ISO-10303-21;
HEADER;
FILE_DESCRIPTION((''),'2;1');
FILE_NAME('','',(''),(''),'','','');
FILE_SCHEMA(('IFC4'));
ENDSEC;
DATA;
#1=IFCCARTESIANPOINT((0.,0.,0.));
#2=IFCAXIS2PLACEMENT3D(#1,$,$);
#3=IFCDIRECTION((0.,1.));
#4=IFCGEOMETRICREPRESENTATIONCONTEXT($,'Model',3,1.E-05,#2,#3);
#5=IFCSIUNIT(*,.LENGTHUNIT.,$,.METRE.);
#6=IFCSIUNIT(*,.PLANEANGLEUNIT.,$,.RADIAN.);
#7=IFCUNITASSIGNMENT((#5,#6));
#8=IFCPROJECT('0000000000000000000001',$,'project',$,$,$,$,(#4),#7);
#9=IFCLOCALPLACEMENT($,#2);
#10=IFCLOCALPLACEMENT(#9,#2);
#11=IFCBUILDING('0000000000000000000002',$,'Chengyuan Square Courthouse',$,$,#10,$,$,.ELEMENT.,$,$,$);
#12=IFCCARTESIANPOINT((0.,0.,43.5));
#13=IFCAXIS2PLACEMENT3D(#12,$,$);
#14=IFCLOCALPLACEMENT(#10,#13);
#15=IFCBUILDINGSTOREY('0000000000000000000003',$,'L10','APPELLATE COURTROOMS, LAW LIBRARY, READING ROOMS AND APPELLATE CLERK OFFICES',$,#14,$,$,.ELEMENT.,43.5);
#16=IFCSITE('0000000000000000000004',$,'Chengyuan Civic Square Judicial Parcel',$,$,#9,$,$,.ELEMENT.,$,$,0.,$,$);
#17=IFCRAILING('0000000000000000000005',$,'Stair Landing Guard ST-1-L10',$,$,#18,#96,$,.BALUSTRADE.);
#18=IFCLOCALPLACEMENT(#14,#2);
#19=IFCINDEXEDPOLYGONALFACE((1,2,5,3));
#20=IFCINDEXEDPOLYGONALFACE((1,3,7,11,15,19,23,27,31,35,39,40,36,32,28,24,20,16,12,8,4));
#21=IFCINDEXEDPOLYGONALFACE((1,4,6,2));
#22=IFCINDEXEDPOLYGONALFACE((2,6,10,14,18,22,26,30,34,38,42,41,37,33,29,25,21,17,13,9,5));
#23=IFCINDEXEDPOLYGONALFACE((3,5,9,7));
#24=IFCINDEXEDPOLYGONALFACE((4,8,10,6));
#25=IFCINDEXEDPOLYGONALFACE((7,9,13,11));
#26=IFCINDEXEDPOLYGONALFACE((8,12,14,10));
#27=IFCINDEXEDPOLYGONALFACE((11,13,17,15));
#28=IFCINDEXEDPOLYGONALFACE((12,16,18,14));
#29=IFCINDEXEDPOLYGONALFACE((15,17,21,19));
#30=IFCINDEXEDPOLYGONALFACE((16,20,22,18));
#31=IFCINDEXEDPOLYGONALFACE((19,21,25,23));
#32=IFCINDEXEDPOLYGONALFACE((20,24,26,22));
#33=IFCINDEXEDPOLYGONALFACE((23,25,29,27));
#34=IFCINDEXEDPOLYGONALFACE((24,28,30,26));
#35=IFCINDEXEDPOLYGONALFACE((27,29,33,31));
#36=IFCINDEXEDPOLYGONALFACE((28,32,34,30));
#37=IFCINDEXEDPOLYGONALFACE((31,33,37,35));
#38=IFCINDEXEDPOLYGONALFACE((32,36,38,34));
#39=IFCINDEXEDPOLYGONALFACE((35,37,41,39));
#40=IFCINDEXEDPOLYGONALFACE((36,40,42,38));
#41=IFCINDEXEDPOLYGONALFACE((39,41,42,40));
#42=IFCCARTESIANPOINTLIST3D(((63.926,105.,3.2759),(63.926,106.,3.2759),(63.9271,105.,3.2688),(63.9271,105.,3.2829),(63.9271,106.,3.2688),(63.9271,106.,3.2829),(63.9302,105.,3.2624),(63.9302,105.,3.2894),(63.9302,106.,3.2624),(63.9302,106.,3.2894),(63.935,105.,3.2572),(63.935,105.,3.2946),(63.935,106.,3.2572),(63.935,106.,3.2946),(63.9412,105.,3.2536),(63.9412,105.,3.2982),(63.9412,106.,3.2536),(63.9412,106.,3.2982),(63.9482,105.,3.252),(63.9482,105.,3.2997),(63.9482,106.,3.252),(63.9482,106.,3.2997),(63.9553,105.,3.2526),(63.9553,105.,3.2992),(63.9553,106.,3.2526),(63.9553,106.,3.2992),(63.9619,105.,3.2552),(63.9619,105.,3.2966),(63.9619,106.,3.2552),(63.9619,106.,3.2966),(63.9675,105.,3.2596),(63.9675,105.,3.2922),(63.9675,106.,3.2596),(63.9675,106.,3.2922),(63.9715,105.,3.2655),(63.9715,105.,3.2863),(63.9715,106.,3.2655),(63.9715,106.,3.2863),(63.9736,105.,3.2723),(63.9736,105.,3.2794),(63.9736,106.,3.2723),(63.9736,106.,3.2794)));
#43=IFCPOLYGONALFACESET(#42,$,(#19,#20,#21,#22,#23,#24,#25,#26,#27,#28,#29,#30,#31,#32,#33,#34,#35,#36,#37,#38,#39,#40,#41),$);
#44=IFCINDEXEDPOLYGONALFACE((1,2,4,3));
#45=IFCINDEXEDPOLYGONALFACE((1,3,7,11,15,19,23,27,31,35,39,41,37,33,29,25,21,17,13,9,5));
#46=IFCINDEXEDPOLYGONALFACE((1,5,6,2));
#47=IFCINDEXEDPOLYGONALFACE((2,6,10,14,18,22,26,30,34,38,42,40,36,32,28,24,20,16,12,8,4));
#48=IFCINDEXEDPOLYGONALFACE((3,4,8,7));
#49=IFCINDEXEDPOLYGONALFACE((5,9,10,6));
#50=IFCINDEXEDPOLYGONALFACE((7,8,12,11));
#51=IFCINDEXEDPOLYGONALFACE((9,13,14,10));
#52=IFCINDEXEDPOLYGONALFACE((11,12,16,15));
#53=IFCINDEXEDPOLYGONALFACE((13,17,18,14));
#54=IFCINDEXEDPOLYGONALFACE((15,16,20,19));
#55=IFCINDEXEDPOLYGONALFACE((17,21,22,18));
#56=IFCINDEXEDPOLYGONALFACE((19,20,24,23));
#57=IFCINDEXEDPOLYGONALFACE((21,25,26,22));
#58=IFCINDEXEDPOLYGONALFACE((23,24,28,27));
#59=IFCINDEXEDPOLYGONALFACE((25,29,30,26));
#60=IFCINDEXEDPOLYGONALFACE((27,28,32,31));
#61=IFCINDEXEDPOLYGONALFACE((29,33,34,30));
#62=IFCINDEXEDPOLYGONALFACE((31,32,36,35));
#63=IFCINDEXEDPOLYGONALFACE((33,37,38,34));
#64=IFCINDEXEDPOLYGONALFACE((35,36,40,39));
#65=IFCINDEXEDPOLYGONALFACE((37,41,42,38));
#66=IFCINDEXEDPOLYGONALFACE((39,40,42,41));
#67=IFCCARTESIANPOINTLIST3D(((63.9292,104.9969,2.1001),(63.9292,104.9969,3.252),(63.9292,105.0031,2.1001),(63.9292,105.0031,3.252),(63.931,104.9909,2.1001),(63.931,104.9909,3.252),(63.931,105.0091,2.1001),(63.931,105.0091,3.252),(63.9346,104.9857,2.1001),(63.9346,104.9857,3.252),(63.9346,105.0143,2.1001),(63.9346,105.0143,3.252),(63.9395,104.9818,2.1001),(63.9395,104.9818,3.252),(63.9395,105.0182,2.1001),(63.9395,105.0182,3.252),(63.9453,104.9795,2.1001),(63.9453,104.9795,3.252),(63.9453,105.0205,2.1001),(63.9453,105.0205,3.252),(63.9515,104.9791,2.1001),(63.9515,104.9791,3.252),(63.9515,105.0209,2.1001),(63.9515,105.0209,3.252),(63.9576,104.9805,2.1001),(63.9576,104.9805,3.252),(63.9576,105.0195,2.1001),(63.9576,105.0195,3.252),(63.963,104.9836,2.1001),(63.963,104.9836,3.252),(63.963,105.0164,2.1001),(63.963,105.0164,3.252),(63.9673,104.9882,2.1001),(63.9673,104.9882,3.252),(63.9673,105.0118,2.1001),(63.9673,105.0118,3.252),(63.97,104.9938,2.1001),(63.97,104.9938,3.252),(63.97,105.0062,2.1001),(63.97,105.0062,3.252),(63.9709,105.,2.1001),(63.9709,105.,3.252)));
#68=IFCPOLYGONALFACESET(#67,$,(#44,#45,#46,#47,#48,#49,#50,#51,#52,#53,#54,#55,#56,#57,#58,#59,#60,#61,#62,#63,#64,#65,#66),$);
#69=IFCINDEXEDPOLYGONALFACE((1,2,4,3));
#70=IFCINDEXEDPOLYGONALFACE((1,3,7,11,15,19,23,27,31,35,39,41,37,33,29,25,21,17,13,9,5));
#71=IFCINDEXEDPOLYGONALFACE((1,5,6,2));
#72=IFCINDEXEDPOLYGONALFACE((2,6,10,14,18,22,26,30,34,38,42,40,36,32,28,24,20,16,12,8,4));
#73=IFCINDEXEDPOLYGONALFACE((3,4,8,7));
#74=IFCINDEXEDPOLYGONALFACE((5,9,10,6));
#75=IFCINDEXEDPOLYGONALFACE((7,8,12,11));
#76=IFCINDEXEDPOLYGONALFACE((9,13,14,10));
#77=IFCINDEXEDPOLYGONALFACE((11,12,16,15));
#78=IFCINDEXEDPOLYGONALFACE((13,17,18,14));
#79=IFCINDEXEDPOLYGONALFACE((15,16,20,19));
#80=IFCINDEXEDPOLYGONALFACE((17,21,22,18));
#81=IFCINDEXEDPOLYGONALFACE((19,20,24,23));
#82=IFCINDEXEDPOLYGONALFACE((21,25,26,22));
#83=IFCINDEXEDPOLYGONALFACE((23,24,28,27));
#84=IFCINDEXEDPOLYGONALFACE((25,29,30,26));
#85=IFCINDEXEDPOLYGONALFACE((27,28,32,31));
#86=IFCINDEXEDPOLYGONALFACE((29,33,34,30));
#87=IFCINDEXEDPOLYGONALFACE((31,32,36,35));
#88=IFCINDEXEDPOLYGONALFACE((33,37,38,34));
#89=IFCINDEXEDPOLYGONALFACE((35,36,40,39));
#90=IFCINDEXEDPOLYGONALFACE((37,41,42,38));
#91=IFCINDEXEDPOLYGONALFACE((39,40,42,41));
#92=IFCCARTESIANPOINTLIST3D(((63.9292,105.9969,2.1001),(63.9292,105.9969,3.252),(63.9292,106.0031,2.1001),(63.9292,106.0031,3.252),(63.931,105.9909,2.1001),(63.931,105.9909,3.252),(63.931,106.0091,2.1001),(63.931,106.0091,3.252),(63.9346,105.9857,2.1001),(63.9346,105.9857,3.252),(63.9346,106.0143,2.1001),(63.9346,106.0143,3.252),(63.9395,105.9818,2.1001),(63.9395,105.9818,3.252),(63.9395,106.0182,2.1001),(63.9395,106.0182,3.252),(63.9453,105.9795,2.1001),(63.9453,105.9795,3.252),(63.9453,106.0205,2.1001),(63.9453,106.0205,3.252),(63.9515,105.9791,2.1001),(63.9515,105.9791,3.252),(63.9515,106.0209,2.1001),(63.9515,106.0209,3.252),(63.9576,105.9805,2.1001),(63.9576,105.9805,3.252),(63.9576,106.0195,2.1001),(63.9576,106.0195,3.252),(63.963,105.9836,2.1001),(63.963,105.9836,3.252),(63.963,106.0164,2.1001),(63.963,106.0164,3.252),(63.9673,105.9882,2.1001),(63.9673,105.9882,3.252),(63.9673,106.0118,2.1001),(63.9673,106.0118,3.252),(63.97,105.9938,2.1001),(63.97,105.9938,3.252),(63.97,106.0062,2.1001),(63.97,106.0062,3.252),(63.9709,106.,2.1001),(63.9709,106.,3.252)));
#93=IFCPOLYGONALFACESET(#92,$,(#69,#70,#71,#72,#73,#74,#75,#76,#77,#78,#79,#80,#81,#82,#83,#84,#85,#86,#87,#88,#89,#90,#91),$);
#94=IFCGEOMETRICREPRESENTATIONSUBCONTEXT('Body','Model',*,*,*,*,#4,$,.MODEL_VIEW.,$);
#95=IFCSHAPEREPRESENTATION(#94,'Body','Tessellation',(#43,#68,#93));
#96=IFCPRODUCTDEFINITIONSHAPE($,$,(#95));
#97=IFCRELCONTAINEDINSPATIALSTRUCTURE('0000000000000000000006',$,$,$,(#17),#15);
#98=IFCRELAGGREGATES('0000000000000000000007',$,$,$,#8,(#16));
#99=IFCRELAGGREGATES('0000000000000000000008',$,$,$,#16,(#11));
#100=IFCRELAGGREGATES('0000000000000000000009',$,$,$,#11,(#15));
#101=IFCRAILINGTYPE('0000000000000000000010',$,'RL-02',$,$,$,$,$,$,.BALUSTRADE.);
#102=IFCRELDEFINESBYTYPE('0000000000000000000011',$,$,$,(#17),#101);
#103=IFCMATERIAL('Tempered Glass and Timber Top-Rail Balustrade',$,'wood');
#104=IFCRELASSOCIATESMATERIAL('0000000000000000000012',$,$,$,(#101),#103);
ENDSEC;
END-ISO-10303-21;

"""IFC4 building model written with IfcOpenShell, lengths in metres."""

from ifc_helpers import new_model, si_unit, direction, frame, origin, origin_2d, place, context, subcontext, project, spatial, circle, extrude, material, type_object, element, save


model = new_model("IFC4")

# Units and contexts
model_context = context("Model", 3, precision=1e-05, world=origin(), true_north=direction((0.0, 1.0)))
body_context = subcontext(model_context, "Body", "Model", "MODEL_VIEW")
ifc_project = project(units=[si_unit("LENGTHUNIT", "METRE"), si_unit("PLANEANGLEUNIT", "RADIAN")], contexts=[model_context])

# Site, building, storey
site_placement = place(None, origin())
site = spatial("IfcSite", under=ifc_project, at=site_placement, Name="Chengyuan Civic Square Judicial Parcel", CompositionType="ELEMENT", RefElevation=0.0)
building_placement = place(site_placement, origin())
building = spatial("IfcBuilding", under=site, at=building_placement, Name="Chengyuan Square Courthouse", CompositionType="ELEMENT")
storey_placement = place(building_placement, frame((0.0, 0.0, 43.5)))
storey = spatial("IfcBuildingStorey", under=building, at=storey_placement, Name="L10", Description="APPELLATE COURTROOMS, LAW LIBRARY, READING ROOMS AND APPELLATE CLERK OFFICES", CompositionType="ELEMENT", Elevation=43.5)

# Railing
ifc_material_1 = material(Name="Tempered Glass and Timber Top-Rail Balustrade", Category="wood")
railing_type_1 = type_object("IfcRailingType", Name="RL-02", PredefinedType="BALUSTRADE", material=ifc_material_1)
railing_1_placement = place(storey_placement, frame((63.95, 105.0, 2.1001)))
element("IfcRailing", 1, at=railing_1_placement, inside=storey, type_object=railing_type_1, Name="Stair Landing Guard ST-1-L10", PredefinedType="BALUSTRADE", context=body_context, shape_type="SweptSolid", body=[
    extrude(circle(Radius=0.0239, at=origin_2d()), frame((0.0, 0.0, 1.1758), z_axis=(0.0, 1.0, 0.0), x_axis=(-1.0, 0.0, 0.0)), (0.0, 0.0, 1.0), 1.0),
    extrude(circle(Radius=0.021, at=origin_2d()), origin(), (0.0, 0.0, 1.0), 1.1519),
    extrude(circle(Radius=0.021, at=origin_2d()), frame((0.0, 1.0, 0.0)), (0.0, 0.0, 1.0), 1.1519),
])

save(model, "model.ifc")
